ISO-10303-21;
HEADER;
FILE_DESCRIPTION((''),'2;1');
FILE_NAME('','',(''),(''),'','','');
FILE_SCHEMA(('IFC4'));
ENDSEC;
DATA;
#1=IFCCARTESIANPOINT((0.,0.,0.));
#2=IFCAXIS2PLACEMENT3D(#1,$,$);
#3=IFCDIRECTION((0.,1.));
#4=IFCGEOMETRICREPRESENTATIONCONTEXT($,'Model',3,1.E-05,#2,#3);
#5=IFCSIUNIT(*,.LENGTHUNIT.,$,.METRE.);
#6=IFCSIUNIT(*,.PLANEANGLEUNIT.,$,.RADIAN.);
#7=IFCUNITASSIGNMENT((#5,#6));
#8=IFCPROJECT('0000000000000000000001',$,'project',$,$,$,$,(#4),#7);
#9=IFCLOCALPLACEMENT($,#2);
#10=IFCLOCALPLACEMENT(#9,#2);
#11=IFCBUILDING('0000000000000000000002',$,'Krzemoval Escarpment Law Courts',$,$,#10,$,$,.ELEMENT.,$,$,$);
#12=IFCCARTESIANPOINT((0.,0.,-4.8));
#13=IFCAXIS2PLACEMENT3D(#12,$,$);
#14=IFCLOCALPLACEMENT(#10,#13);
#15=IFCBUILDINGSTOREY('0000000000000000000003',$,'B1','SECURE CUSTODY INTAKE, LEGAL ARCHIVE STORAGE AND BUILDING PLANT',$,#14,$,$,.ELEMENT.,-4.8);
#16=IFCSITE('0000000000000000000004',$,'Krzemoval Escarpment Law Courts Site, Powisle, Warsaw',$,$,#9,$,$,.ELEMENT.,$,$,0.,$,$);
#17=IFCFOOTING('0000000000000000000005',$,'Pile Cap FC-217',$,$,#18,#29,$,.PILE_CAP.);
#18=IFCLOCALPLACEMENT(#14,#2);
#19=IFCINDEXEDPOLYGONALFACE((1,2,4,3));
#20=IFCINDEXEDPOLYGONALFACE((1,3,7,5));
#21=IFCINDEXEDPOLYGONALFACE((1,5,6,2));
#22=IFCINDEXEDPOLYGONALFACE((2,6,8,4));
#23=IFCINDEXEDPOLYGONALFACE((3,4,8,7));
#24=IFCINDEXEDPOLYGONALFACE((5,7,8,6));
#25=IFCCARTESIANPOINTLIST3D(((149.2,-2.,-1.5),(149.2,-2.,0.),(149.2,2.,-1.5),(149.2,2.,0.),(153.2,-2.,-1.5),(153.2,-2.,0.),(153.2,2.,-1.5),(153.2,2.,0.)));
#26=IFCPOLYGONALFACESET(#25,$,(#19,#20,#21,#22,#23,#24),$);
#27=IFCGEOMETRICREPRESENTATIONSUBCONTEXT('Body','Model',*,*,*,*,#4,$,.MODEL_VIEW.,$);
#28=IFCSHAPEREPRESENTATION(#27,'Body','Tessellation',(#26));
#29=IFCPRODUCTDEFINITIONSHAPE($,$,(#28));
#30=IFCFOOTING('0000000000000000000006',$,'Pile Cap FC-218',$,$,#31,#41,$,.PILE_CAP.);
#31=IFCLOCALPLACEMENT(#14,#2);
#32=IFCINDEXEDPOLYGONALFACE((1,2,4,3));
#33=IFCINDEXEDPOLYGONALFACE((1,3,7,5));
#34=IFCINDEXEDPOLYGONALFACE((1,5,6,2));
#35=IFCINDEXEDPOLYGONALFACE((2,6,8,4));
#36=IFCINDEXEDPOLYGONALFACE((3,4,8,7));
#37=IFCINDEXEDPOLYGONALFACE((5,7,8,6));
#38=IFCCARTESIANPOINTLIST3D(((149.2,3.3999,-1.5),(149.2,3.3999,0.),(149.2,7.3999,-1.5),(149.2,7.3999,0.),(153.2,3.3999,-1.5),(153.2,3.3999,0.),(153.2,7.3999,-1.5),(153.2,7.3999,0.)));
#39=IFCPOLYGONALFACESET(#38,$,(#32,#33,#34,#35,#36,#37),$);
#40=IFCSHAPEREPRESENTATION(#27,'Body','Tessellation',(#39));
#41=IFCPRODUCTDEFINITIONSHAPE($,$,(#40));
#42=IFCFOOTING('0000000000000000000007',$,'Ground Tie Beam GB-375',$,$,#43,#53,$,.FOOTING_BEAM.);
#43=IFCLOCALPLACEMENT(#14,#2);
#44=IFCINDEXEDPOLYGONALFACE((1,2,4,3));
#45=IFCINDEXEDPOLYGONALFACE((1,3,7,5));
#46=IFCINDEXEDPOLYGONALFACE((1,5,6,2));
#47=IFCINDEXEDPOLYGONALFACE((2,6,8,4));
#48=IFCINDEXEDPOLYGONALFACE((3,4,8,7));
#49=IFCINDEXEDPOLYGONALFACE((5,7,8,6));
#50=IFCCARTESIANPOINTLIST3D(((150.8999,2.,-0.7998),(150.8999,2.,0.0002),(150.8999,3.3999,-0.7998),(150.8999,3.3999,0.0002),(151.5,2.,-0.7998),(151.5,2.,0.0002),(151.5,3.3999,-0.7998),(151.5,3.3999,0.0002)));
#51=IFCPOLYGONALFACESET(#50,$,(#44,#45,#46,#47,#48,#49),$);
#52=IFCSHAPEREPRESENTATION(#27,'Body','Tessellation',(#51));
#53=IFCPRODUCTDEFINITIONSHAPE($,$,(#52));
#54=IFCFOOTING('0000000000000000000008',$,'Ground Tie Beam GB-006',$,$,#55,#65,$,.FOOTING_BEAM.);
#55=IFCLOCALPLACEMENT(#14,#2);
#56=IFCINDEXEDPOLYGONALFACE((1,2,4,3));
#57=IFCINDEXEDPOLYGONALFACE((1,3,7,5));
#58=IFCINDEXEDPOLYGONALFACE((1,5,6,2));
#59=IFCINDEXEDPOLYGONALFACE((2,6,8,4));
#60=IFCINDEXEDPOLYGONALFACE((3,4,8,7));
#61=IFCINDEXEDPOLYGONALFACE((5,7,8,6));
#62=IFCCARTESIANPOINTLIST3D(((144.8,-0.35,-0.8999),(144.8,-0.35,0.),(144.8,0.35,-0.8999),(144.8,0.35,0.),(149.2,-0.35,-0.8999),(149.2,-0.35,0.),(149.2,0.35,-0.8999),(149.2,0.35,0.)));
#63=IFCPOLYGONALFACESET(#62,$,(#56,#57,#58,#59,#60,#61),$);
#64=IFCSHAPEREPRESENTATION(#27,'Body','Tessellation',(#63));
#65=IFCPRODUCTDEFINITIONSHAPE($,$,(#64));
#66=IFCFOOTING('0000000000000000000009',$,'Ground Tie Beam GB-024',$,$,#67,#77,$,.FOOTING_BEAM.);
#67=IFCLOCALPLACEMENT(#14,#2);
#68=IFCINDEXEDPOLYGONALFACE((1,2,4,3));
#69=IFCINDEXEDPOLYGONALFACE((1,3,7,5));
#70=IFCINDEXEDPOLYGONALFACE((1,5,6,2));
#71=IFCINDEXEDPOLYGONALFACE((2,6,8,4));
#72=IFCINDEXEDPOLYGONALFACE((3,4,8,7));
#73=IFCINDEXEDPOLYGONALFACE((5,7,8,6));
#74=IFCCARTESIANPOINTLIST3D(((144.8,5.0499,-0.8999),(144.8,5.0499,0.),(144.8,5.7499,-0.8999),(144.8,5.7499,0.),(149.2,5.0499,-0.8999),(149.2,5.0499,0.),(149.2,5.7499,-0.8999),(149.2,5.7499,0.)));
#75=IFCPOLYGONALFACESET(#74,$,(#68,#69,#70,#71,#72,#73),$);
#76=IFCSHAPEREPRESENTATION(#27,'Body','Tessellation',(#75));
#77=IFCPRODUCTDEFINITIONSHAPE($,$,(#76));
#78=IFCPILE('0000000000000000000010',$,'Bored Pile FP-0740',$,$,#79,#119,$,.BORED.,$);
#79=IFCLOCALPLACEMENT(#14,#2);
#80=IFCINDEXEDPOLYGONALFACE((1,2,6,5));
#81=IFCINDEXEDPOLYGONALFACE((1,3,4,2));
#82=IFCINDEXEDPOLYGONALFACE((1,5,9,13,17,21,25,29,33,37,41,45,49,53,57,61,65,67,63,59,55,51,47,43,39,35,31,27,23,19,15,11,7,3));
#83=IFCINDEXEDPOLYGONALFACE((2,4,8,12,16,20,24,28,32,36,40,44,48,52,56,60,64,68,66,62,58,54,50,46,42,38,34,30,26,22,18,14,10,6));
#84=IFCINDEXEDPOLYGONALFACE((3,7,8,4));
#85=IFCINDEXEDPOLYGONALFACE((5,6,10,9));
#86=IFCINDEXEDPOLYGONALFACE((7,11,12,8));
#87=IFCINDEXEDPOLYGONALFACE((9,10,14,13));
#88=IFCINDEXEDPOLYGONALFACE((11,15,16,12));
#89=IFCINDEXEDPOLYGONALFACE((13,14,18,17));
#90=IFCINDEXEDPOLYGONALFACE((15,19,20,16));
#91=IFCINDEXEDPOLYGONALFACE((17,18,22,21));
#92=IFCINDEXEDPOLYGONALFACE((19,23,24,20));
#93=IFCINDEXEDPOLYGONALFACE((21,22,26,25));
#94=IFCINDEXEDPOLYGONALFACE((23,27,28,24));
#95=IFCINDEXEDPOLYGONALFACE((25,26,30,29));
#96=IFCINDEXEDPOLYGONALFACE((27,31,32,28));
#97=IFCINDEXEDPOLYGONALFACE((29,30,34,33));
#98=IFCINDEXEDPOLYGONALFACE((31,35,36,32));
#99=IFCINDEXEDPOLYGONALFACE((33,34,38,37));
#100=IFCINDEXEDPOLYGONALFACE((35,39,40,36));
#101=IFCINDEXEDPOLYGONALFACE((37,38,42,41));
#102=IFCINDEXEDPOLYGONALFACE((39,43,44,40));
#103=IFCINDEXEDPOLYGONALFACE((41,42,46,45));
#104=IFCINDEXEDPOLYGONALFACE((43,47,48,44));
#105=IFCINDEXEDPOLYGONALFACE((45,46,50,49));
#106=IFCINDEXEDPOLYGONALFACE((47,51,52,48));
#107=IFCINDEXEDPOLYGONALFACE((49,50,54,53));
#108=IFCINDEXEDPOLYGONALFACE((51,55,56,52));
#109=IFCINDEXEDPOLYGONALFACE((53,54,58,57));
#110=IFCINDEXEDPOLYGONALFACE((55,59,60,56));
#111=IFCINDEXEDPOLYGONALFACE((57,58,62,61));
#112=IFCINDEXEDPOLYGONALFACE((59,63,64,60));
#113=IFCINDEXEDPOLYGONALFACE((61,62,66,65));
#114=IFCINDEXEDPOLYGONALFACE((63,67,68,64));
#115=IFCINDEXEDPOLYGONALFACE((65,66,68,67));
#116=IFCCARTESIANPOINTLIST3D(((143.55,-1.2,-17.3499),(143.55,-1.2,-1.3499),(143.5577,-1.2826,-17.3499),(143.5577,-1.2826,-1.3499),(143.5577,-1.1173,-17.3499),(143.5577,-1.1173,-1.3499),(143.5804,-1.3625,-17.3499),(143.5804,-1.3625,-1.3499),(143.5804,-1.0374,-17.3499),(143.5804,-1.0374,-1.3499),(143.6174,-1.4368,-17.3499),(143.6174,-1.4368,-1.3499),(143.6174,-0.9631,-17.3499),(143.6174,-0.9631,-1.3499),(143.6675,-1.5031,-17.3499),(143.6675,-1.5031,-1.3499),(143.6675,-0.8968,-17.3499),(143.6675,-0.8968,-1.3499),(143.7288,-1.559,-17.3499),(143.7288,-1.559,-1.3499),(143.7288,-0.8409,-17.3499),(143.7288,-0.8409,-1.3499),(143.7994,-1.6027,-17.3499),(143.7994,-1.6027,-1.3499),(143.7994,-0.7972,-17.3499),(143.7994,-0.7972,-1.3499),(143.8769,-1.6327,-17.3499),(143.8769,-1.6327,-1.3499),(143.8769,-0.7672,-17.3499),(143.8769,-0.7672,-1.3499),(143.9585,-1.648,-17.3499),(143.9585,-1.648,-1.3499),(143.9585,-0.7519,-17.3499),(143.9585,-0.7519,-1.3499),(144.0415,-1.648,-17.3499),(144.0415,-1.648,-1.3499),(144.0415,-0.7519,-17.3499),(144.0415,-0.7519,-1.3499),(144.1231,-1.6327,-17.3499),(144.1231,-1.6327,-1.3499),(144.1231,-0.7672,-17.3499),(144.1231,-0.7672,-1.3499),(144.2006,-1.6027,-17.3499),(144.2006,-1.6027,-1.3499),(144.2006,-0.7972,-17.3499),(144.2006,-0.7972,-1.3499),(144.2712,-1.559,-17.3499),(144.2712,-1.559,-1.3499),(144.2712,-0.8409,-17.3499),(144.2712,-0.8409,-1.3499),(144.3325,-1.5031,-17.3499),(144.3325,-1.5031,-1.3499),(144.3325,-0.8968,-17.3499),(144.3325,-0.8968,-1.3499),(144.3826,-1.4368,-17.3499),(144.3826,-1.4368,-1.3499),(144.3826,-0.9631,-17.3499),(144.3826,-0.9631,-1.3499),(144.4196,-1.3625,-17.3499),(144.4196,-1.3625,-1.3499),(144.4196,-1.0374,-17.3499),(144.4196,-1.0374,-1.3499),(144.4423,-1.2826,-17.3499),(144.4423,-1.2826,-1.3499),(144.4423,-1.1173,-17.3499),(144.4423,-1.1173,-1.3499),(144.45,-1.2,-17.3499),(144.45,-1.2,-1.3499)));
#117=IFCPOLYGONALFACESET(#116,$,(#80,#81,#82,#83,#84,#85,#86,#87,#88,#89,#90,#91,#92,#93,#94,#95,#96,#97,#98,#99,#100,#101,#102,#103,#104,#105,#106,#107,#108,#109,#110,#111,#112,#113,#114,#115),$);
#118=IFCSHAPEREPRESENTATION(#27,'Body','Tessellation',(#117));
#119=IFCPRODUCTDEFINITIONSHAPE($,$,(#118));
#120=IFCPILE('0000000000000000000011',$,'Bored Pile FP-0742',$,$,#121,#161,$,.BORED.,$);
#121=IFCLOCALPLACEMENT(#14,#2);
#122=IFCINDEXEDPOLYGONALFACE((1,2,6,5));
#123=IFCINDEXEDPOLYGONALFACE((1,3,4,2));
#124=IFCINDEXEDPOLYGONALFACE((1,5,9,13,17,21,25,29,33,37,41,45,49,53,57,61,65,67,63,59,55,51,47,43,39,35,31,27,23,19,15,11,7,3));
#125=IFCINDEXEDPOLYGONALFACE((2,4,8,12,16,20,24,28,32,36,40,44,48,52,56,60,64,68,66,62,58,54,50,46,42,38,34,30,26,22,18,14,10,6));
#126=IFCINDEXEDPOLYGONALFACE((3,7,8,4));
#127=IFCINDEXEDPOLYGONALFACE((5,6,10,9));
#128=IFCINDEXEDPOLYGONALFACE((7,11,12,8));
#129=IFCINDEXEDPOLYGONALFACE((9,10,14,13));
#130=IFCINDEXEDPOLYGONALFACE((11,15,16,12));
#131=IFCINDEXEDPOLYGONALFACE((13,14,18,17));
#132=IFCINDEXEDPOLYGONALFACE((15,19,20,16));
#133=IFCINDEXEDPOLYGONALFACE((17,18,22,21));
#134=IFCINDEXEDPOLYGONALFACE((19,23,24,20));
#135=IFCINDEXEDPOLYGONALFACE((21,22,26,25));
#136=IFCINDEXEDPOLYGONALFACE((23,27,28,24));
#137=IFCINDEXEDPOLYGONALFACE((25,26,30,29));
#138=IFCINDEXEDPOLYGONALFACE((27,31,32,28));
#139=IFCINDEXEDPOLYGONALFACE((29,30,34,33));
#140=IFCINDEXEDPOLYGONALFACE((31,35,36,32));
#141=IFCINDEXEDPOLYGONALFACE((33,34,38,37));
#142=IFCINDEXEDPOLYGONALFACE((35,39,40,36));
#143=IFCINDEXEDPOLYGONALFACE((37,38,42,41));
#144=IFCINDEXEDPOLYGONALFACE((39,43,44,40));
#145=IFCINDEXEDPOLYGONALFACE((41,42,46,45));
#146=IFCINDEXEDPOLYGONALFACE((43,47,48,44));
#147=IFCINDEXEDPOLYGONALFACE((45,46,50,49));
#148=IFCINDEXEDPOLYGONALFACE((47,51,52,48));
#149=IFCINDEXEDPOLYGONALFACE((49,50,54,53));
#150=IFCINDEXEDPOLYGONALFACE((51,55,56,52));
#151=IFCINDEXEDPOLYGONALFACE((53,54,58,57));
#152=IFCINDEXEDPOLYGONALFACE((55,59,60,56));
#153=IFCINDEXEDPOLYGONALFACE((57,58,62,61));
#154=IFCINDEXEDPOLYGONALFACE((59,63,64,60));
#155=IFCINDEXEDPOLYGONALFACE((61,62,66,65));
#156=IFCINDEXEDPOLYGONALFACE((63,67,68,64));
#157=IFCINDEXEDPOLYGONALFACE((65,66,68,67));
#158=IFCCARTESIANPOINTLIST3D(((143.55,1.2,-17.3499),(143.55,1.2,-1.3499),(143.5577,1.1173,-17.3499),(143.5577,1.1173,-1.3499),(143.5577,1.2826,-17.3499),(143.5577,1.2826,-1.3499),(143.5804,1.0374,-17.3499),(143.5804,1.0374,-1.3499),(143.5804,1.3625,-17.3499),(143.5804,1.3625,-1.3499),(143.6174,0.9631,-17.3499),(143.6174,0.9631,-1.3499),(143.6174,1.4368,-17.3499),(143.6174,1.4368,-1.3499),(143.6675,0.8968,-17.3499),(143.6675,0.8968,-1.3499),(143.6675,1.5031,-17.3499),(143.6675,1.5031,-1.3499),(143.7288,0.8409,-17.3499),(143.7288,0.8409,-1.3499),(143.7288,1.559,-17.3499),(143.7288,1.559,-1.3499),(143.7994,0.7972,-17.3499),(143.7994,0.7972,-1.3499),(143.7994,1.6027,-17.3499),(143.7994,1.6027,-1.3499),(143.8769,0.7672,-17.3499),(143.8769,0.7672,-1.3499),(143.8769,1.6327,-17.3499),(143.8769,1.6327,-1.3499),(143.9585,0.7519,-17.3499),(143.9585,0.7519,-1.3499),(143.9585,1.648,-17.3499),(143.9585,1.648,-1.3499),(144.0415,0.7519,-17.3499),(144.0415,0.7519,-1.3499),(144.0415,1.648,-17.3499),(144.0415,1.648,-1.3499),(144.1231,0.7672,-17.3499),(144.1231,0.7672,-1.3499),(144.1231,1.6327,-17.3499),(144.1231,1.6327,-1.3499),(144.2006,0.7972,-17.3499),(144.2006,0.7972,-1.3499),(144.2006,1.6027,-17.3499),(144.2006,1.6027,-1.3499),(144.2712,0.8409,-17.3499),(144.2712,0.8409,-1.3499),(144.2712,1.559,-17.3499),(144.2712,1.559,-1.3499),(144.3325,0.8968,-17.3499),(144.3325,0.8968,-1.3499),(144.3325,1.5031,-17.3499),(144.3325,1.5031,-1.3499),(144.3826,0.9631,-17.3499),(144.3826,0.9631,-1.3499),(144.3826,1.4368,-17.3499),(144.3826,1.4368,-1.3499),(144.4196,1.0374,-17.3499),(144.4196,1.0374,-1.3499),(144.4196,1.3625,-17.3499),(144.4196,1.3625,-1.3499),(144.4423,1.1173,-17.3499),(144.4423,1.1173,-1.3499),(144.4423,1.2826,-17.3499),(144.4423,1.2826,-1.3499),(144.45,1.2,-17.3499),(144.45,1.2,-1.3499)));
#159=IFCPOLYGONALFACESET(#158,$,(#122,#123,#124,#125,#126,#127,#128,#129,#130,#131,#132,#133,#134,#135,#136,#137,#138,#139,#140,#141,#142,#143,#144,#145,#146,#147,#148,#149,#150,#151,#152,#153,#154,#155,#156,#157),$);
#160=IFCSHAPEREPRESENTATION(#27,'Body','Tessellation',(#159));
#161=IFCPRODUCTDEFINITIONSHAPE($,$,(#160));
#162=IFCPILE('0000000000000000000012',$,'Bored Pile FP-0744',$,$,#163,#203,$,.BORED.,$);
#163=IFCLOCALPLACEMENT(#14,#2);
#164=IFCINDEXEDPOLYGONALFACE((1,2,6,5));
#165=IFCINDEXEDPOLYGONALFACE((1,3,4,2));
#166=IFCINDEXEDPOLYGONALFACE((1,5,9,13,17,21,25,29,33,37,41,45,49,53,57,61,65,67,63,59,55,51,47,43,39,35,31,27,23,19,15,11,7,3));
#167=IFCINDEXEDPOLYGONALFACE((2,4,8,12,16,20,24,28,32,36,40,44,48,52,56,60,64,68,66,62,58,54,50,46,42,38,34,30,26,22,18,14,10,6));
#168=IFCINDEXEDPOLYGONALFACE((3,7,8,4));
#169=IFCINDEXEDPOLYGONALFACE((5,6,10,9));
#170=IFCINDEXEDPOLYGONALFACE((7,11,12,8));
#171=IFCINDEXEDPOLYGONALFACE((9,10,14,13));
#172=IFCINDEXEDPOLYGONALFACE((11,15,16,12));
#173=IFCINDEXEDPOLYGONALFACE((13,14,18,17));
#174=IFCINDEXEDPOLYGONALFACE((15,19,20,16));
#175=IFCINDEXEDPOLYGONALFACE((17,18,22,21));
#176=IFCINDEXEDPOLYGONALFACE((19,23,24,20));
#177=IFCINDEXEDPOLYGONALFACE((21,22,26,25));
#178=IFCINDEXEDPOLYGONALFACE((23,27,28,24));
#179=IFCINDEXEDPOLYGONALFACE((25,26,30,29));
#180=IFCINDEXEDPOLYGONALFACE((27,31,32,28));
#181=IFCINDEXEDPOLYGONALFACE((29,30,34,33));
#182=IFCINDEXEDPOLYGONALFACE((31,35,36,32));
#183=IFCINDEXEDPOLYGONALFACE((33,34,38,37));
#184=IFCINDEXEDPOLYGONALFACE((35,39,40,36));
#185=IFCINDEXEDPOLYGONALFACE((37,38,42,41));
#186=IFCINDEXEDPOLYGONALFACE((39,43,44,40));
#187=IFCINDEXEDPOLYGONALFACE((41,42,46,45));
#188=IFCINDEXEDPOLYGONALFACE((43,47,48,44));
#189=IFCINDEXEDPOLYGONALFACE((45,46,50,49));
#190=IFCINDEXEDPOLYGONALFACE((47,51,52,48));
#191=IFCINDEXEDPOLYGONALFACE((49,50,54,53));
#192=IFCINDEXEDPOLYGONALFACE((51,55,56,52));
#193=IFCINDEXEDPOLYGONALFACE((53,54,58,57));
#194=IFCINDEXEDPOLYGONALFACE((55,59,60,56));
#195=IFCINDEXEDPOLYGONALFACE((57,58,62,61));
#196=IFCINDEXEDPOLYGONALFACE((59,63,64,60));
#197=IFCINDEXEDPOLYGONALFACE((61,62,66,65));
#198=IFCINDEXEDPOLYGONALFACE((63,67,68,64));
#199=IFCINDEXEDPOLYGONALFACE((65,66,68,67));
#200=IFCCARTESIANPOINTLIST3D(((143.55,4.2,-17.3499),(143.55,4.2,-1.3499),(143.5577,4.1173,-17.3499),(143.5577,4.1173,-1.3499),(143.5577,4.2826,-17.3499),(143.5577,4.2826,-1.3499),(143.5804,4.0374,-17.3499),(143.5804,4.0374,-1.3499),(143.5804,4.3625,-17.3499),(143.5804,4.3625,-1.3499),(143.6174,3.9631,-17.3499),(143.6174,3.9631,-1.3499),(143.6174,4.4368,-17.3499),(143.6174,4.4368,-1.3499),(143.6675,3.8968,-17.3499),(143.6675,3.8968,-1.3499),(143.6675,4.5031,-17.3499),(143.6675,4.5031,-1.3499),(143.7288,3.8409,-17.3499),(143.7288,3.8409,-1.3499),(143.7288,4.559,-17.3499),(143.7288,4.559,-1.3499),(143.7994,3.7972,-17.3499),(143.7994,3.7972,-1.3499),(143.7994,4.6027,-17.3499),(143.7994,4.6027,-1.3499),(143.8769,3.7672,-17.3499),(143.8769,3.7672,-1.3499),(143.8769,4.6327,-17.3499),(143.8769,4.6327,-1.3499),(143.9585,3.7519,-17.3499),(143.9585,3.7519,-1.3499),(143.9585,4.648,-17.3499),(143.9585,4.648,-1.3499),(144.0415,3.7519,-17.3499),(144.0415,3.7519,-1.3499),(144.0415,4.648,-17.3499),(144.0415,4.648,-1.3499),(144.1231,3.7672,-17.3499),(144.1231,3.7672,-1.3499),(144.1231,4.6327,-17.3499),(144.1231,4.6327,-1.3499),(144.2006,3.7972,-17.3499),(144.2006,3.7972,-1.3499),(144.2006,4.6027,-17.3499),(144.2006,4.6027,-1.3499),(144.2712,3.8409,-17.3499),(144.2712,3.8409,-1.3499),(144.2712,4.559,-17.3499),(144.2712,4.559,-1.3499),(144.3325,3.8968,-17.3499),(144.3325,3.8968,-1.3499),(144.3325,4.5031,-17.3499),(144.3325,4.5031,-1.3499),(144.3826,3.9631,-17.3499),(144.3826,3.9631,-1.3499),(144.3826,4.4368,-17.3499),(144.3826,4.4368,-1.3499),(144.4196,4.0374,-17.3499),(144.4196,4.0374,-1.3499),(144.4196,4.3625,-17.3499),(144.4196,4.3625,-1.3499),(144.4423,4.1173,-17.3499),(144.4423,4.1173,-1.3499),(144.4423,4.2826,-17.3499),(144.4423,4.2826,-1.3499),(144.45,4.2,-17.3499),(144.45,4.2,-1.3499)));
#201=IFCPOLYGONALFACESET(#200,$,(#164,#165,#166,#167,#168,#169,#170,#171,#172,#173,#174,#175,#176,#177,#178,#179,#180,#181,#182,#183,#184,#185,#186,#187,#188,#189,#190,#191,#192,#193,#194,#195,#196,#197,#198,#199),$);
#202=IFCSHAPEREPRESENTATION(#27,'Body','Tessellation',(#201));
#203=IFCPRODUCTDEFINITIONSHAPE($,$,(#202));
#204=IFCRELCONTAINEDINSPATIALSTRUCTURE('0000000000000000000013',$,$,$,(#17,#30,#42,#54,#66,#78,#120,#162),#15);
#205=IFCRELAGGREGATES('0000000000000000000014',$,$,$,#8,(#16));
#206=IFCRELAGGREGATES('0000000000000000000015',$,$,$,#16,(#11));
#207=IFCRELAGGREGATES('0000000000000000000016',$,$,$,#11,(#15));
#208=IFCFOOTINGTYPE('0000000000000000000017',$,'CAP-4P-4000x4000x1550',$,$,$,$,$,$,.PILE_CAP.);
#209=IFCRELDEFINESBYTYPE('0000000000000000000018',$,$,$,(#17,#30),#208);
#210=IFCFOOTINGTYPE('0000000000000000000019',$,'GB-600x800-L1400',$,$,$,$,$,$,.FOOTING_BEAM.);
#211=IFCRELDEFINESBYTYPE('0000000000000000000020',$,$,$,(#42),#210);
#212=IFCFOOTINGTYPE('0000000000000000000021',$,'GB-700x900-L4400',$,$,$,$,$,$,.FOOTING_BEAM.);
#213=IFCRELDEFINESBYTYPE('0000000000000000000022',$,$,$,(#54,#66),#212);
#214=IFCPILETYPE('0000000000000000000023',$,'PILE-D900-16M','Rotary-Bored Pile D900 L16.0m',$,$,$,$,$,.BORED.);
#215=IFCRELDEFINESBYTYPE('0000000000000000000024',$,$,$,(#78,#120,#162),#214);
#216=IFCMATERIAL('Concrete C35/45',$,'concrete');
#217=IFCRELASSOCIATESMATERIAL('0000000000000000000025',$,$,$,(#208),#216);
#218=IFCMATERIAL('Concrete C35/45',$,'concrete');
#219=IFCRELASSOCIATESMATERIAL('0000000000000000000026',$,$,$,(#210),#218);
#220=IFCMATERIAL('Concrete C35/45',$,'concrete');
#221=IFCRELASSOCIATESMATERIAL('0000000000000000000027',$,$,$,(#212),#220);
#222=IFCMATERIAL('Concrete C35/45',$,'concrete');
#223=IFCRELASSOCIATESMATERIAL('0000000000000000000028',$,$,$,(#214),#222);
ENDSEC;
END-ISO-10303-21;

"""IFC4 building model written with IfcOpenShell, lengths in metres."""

from ifc_helpers import new_model, si_unit, direction, frame, origin, origin_2d, place, context, subcontext, project, spatial, rectangle, circle, extrude, material, material_profile, profile_set, type_object, element, save


model = new_model("IFC4")

# Units and contexts
model_context = context("Model", 3, precision=1e-05, world=origin(), true_north=direction((0.0, 1.0)))
body_context = subcontext(model_context, "Body", "Model", "MODEL_VIEW")
ifc_project = project(units=[si_unit("LENGTHUNIT", "METRE"), si_unit("PLANEANGLEUNIT", "RADIAN")], contexts=[model_context])

# Site, building, storey
site_placement = place(None, origin())
site = spatial("IfcSite", under=ifc_project, at=site_placement, Name="Krzemoval Escarpment Law Courts Site, Powisle, Warsaw", CompositionType="ELEMENT", RefElevation=0.0)
building_placement = place(site_placement, origin())
building = spatial("IfcBuilding", under=site, at=building_placement, Name="Krzemoval Escarpment Law Courts", CompositionType="ELEMENT")
storey_placement = place(building_placement, frame((0.0, 0.0, -4.8)))
storey = spatial("IfcBuildingStorey", under=building, at=storey_placement, Name="B1", Description="SECURE CUSTODY INTAKE, LEGAL ARCHIVE STORAGE AND BUILDING PLANT", CompositionType="ELEMENT", Elevation=-4.8)

# Footings
ifc_material_1 = material(Name="Concrete C35/45", Category="concrete")
footing_type_1 = type_object("IfcFootingType", Name="CAP-4P-4000x4000x1550", PredefinedType="PILE_CAP", material=ifc_material_1)
for number, where, z_axis, x_axis, name in (
    (1, (151.2, 0.0, -1.5), (0.0, 0.0, 1.0), (1.0, 0.0, 0.0), "Pile Cap FC-217"),
    (2, (151.2, 5.3999, -1.5), (0.0, 0.0, 1.0), (1.0, 0.0, 0.0), "Pile Cap FC-218"),
):
    element("IfcFooting", number, at=place(storey_placement, frame(where, z_axis=z_axis, x_axis=x_axis)), inside=storey, type_object=footing_type_1, Name=name, PredefinedType="PILE_CAP", context=body_context, shape_type="SweptSolid", body=[
        extrude(rectangle(XDim=4.0, YDim=4.0, at=origin_2d()), origin(), (0.0, 0.0, 1.0), 1.5),
    ])
ifc_material_2 = material(Name="Concrete C35/45", Category="concrete")
footing_type_2 = type_object("IfcFootingType", Name="GB-600x800-L1400", PredefinedType="FOOTING_BEAM", material=ifc_material_2)
footing_placement = place(storey_placement, frame((151.2, 2.7, -0.7998), z_axis=(0.0, 0.0, 1.0), x_axis=(0.0, 1.0, 0.0)))
element("IfcFooting", 3, at=footing_placement, inside=storey, type_object=footing_type_2, Name="Ground Tie Beam GB-375", PredefinedType="FOOTING_BEAM", context=body_context, shape_type="SweptSolid", body=[
    extrude(rectangle(XDim=1.3999, YDim=0.6001, at=origin_2d()), origin(), (0.0, 0.0, 1.0), 0.8),
])
ifc_material_3 = material(Name="Concrete C35/45", Category="concrete")
footing_type_3 = type_object("IfcFootingType", Name="GB-700x900-L4400", PredefinedType="FOOTING_BEAM", material=ifc_material_3)
for number, where, z_axis, x_axis, name in (
    (4, (147.0, 0.0, -0.8999), (0.0, 0.0, 1.0), (1.0, 0.0, 0.0), "Ground Tie Beam GB-006"),
    (5, (147.0, 5.3999, -0.8999), (0.0, 0.0, 1.0), (1.0, 0.0, 0.0), "Ground Tie Beam GB-024"),
):
    element("IfcFooting", number, at=place(storey_placement, frame(where, z_axis=z_axis, x_axis=x_axis)), inside=storey, type_object=footing_type_3, Name=name, PredefinedType="FOOTING_BEAM", context=body_context, shape_type="SweptSolid", body=[
        extrude(rectangle(XDim=4.3999, YDim=0.7, at=origin_2d()), origin(), (0.0, 0.0, 1.0), 0.8999),
    ])

# Piles
ifc_material_4 = material(Name="Concrete C35/45", Category="concrete")
ifc_material_profile_1 = material_profile(ifc_material_4, circle(Radius=0.45, at=origin_2d()), Name="PILE D900")
ifc_profile_set_1 = profile_set([ifc_material_profile_1], Name="Concrete C35/45")
pile_type = type_object("IfcPileType", Name="PILE-D900-16M", Description="Rotary-Bored Pile D900 L16.0m", PredefinedType="BORED", material=ifc_profile_set_1)
for number, where, z_axis, x_axis, name in (
    (6, (144.0, -1.2, -1.3499), (0.0, 0.0, -1.0), (1.0, 0.0, 0.0), "Bored Pile FP-0740"),
    (7, (144.0, 1.2, -1.3499), (0.0, 0.0, -1.0), (1.0, 0.0, 0.0), "Bored Pile FP-0742"),
    (8, (144.0, 4.2, -1.3499), (0.0, 0.0, -1.0), (1.0, 0.0, 0.0), "Bored Pile FP-0744"),
):
    element("IfcPile", number, at=place(storey_placement, frame(where, z_axis=z_axis, x_axis=x_axis)), inside=storey, type_object=pile_type, Name=name, PredefinedType="BORED", context=body_context, shape_type="SweptSolid", body=[
        extrude(circle(Radius=0.45, at=origin_2d()), origin(), (0.0, 0.0, 1.0), 16.0),
    ])

save(model, "model.ifc")
